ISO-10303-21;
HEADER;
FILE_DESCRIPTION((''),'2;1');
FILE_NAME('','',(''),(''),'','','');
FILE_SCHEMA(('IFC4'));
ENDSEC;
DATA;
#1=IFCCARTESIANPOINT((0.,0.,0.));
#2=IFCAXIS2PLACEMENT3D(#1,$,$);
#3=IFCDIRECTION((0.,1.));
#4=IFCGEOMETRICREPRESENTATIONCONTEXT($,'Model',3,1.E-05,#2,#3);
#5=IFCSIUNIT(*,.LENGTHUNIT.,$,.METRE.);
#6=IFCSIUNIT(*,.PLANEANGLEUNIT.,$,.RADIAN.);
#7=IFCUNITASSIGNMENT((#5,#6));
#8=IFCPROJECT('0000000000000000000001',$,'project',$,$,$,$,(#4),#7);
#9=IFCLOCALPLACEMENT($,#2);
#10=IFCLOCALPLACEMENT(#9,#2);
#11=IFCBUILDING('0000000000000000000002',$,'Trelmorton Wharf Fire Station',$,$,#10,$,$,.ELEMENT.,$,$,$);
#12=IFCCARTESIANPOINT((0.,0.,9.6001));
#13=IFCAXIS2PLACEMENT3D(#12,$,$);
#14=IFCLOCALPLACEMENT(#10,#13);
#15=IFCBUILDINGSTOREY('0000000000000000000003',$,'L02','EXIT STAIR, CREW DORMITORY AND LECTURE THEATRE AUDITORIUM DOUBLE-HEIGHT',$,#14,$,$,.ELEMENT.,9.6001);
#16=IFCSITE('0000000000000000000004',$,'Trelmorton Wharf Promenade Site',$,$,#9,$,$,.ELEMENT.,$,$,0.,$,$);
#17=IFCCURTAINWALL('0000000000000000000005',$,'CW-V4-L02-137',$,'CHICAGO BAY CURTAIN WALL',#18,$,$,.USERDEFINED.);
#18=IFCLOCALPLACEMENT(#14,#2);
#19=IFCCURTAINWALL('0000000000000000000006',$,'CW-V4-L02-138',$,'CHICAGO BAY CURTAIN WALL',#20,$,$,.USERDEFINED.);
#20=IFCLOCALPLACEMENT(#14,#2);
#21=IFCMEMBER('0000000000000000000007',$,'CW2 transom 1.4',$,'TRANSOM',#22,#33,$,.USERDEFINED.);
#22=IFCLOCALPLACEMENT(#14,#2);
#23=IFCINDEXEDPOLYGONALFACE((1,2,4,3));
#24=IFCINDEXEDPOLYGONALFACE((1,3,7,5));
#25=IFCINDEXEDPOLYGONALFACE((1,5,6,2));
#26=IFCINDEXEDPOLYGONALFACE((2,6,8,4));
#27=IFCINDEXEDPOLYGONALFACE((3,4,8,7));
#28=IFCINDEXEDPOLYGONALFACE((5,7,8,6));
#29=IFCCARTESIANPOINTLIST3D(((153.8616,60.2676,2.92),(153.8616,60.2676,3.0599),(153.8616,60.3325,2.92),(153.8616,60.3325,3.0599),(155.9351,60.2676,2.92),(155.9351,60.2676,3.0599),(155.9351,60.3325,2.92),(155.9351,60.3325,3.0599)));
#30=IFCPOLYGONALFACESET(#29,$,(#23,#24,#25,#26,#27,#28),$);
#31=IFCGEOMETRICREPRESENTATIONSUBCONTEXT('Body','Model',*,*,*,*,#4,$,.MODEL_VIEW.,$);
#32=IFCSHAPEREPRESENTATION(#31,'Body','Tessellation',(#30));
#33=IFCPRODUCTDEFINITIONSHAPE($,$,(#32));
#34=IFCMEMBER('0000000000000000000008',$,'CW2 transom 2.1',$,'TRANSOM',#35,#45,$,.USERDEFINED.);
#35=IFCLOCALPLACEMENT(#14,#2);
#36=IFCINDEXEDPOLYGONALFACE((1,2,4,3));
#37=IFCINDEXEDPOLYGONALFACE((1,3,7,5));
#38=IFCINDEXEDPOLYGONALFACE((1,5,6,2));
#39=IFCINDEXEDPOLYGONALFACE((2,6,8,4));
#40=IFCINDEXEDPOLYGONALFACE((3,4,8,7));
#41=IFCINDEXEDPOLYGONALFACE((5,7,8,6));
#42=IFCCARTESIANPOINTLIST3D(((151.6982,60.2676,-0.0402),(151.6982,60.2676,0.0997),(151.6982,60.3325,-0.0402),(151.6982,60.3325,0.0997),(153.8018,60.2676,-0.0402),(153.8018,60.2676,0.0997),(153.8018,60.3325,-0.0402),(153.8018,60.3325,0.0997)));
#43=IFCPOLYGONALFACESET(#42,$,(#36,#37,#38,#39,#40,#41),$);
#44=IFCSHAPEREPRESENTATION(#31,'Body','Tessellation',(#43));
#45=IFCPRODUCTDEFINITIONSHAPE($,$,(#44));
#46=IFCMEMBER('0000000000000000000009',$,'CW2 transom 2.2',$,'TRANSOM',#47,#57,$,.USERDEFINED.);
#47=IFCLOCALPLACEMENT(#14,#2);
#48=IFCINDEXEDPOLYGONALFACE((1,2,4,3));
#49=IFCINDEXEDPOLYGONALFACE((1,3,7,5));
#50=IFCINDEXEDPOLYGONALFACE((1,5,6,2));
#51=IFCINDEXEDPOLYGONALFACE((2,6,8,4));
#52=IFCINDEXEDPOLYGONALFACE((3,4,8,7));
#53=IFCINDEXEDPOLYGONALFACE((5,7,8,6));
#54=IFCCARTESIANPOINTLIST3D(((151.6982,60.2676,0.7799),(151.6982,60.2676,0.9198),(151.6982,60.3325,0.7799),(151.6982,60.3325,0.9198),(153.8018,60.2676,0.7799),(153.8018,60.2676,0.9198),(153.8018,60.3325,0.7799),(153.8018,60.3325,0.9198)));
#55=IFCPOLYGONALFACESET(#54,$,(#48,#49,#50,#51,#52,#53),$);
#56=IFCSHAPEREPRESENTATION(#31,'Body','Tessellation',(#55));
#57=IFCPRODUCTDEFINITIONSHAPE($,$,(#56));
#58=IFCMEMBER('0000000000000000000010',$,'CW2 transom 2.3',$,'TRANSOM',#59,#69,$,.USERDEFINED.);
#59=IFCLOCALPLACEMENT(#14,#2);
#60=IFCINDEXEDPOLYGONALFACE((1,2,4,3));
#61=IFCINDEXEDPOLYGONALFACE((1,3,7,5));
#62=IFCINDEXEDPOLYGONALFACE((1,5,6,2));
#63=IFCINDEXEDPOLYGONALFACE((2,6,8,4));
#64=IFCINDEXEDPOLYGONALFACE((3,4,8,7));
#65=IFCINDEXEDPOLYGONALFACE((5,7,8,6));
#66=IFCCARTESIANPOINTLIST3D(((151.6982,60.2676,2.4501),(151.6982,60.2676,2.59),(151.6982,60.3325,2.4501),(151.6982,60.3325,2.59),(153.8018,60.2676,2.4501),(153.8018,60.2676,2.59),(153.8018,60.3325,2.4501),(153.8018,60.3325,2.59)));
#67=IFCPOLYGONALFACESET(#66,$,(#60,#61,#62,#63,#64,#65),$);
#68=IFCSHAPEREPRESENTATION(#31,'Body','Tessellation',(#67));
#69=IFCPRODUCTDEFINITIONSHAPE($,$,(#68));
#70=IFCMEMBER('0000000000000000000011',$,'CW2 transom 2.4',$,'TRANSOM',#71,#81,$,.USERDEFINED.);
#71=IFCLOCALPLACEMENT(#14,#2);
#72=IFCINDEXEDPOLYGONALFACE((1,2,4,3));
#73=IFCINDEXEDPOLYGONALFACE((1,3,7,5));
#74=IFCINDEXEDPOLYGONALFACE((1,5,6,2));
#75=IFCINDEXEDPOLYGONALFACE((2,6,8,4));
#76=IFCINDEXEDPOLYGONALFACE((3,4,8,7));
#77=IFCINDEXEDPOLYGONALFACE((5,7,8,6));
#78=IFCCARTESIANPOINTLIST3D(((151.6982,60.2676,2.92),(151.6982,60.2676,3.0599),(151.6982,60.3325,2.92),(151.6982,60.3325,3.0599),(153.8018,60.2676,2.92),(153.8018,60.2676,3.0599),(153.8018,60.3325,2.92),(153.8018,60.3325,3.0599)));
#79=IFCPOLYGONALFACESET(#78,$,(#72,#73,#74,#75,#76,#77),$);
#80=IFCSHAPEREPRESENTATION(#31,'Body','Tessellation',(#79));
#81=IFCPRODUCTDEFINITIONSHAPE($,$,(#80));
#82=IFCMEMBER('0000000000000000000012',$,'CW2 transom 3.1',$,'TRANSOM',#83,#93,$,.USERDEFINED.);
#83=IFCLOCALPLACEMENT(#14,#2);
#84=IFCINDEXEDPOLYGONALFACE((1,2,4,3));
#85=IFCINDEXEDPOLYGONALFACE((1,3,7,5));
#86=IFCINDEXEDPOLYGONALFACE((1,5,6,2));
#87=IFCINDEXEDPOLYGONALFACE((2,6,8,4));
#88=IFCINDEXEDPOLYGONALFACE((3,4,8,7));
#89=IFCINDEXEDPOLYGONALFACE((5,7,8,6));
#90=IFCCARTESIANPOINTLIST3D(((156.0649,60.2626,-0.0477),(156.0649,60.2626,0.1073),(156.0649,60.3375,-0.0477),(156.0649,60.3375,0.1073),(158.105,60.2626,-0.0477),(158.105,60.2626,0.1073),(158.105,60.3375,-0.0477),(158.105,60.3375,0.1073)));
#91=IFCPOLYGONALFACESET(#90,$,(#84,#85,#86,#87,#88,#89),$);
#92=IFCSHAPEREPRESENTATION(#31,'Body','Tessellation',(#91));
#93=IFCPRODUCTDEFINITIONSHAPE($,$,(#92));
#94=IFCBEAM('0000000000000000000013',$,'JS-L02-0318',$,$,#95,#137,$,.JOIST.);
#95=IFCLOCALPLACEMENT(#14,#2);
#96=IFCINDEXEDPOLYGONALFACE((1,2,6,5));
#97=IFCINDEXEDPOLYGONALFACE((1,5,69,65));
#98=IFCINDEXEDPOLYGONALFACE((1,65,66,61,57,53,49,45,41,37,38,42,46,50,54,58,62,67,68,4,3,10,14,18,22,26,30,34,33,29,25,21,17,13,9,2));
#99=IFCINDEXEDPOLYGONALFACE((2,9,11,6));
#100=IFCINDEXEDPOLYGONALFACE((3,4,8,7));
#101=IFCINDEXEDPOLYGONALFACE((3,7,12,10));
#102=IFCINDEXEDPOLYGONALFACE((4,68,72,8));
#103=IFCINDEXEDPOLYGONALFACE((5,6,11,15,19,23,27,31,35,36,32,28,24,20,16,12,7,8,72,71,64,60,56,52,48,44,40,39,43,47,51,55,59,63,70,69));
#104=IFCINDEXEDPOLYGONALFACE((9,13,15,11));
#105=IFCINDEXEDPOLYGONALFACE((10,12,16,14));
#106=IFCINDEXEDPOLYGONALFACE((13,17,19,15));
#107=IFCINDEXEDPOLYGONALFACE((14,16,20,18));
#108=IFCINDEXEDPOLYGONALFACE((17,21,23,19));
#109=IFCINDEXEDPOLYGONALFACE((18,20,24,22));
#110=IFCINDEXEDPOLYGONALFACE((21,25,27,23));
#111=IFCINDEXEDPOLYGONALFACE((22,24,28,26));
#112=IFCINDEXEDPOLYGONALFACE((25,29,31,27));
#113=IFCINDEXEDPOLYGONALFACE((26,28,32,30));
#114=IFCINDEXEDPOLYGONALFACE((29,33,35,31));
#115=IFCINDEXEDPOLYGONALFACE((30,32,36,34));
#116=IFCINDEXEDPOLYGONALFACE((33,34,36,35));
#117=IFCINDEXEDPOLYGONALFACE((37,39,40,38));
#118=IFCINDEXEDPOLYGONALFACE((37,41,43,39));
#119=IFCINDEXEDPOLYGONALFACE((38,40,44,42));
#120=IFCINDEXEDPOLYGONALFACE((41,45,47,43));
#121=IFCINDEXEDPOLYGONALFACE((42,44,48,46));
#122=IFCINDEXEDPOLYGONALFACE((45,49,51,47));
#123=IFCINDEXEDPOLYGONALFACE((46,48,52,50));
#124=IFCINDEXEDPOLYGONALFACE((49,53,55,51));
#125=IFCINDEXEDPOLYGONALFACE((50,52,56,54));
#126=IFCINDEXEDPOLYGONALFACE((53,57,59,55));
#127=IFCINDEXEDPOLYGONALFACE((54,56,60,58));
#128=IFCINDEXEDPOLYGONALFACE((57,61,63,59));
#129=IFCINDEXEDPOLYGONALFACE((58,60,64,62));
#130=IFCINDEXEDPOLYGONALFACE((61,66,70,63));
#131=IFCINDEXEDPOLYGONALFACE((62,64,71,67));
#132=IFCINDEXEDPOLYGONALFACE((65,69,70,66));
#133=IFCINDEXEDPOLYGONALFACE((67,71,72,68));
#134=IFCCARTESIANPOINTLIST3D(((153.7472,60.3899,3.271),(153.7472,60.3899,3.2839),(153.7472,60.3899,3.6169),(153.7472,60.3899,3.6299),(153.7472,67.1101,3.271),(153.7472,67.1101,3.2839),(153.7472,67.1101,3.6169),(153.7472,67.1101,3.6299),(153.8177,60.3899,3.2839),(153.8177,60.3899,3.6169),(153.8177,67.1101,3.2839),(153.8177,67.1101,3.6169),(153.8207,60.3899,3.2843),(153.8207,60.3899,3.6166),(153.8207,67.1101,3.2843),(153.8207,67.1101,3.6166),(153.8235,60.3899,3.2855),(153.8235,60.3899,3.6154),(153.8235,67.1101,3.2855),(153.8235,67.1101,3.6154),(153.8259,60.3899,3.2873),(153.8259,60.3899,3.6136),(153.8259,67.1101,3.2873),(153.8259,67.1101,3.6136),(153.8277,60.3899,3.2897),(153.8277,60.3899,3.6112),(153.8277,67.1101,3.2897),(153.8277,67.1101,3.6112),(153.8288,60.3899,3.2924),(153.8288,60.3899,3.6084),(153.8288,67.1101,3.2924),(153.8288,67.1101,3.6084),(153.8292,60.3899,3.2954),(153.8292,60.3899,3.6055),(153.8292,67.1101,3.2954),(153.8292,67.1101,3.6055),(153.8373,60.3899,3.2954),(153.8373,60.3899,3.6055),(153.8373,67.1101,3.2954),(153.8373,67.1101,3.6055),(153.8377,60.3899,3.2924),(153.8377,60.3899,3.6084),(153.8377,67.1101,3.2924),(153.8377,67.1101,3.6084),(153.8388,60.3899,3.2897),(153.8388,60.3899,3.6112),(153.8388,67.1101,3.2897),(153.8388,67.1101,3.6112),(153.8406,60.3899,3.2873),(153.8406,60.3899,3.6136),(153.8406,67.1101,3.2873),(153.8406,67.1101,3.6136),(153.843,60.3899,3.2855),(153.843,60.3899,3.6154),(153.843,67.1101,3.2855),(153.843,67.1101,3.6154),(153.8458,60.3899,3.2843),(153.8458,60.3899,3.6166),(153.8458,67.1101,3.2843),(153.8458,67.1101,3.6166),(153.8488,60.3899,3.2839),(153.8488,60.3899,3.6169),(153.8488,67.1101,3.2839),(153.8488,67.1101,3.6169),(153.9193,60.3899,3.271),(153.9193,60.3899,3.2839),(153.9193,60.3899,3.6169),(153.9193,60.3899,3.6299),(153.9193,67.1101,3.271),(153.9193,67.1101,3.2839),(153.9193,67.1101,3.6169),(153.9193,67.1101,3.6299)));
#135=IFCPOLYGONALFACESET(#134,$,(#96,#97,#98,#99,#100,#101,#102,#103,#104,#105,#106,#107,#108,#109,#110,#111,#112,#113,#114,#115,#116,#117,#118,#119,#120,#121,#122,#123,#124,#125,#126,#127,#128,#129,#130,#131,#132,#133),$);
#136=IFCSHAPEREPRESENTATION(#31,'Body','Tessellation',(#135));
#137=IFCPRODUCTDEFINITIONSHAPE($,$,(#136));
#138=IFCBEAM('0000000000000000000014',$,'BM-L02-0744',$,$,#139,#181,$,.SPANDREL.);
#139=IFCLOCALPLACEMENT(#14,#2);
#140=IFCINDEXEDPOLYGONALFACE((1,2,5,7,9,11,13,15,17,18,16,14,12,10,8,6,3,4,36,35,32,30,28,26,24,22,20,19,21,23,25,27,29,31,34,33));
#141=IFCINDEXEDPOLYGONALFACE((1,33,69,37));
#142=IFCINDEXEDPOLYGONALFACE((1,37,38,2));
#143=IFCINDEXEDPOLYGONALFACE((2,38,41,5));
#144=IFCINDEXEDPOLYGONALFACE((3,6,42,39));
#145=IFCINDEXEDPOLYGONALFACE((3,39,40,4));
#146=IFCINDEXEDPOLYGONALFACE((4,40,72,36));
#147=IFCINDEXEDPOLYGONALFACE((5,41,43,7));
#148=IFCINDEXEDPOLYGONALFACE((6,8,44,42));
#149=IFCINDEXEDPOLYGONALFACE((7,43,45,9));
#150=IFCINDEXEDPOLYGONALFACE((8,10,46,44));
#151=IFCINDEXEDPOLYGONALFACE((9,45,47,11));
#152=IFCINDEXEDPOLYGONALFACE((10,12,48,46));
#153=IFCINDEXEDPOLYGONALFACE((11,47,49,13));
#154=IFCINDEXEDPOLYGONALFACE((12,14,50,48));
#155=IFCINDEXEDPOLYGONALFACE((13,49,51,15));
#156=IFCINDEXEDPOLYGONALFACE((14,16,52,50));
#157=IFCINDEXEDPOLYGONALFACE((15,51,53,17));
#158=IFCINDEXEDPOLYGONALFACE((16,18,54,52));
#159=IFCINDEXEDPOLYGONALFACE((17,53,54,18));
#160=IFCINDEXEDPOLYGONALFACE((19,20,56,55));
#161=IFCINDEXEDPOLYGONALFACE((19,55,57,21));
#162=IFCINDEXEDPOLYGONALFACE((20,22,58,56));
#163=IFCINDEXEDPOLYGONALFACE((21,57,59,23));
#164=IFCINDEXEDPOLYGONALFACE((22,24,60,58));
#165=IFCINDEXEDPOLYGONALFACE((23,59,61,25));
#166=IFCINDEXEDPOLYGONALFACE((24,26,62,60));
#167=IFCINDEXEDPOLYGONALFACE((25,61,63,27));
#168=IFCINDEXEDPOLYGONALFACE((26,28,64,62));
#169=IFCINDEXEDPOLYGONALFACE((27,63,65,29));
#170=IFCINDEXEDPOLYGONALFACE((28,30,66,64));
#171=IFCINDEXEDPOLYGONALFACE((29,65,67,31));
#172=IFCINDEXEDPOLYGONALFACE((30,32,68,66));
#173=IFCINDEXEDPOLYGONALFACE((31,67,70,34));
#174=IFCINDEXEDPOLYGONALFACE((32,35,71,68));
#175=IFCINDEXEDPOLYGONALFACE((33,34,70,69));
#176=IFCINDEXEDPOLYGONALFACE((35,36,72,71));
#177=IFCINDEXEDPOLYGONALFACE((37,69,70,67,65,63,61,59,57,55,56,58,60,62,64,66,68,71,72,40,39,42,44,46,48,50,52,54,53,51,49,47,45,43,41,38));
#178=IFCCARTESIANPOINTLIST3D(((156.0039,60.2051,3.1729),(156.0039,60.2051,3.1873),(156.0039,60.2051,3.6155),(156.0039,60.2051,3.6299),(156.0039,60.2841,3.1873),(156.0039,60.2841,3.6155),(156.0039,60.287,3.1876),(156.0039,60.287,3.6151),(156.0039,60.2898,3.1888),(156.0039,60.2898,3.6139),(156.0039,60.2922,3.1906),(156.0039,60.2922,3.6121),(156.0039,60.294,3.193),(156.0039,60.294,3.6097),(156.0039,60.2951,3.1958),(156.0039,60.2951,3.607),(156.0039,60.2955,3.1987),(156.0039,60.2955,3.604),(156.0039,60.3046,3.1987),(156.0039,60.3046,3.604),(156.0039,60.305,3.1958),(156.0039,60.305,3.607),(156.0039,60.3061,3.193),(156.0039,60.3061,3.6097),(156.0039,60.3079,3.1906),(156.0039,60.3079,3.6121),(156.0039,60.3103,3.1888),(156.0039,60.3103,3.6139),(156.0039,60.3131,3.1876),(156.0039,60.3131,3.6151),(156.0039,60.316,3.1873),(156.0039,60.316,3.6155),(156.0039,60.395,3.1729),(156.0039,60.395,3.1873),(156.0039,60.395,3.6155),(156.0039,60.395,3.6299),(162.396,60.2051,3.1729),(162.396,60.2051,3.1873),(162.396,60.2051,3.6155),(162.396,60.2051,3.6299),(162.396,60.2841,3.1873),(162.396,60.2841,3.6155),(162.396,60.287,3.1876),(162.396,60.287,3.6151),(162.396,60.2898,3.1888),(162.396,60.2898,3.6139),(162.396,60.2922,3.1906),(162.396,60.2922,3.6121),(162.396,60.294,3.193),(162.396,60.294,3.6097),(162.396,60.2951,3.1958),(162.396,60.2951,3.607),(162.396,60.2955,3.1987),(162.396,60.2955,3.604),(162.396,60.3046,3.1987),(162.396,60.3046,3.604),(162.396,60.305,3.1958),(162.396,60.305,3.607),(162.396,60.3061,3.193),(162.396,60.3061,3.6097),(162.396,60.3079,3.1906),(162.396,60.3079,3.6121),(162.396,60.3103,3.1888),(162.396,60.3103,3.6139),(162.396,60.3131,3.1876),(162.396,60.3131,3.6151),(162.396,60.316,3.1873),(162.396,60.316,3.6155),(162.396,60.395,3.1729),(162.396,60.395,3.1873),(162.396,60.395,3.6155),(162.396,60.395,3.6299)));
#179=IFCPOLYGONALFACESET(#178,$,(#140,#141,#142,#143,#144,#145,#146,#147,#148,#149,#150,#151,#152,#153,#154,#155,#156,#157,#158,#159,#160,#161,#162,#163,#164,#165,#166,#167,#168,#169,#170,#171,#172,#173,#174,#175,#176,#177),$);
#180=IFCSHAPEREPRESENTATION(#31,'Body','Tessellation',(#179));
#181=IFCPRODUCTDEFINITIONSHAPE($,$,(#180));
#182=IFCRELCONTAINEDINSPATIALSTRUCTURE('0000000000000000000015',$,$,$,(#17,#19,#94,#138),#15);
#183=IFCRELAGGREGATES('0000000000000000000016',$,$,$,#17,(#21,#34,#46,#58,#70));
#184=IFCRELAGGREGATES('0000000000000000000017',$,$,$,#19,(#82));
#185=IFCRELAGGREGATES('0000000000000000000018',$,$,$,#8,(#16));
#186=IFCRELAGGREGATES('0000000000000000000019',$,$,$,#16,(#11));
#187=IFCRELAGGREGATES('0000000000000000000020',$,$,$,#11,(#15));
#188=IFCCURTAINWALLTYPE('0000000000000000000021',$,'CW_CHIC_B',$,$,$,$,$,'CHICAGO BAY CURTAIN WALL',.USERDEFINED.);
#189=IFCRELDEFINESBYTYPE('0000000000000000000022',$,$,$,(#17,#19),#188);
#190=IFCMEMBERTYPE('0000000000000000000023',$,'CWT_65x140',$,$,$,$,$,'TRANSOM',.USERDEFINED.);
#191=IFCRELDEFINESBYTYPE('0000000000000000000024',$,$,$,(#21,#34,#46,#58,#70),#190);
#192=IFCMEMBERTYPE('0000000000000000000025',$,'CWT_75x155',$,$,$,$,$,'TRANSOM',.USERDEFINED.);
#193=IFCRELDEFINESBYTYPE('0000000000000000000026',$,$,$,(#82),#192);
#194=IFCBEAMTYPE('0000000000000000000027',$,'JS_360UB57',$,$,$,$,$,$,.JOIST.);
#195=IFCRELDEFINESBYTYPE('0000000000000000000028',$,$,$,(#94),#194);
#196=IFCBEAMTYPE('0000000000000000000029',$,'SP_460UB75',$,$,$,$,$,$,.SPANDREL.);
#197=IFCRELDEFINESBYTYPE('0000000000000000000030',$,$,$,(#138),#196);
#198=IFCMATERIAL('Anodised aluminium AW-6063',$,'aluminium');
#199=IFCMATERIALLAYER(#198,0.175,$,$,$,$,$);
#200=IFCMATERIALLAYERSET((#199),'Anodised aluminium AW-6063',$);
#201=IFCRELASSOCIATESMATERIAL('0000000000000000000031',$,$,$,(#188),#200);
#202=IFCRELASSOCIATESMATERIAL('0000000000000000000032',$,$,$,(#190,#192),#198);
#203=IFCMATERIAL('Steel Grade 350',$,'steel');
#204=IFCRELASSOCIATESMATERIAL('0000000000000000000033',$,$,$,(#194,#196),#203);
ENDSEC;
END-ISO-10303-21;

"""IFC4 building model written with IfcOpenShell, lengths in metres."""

from ifc_helpers import new_model, si_unit, direction, frame, origin, origin_2d, place, context, subcontext, project, spatial, rectangle, i_section, extrude, material, layer, layer_set, material_profile, profile_set, type_object, element, aggregate, save


model = new_model("IFC4")

# Units and contexts
model_context = context("Model", 3, precision=1e-05, world=origin(), true_north=direction((0.0, 1.0)))
body_context = subcontext(model_context, "Body", "Model", "MODEL_VIEW")
ifc_project = project(units=[si_unit("LENGTHUNIT", "METRE"), si_unit("PLANEANGLEUNIT", "RADIAN")], contexts=[model_context])

# Site, building, storey
site_placement = place(None, origin())
site = spatial("IfcSite", under=ifc_project, at=site_placement, Name="Trelmorton Wharf Promenade Site", CompositionType="ELEMENT", RefElevation=0.0)
building_placement = place(site_placement, origin())
building = spatial("IfcBuilding", under=site, at=building_placement, Name="Trelmorton Wharf Fire Station", CompositionType="ELEMENT")
storey_placement = place(building_placement, frame((0.0, 0.0, 9.6001)))
storey = spatial("IfcBuildingStorey", under=building, at=storey_placement, Name="L02", Description="EXIT STAIR, CREW DORMITORY AND LECTURE THEATRE AUDITORIUM DOUBLE-HEIGHT", CompositionType="ELEMENT", Elevation=9.6001)

# Shared definitions
ifc_material_1 = material(Name="Steel Grade 350", Category="steel")

# Curtain wall
ifc_material_2 = material(Name="Anodised aluminium AW-6063", Category="aluminium")
ifc_layer_1 = layer(ifc_material_2, 0.175)
ifc_layer_set_1 = layer_set([ifc_layer_1], Name="Anodised aluminium AW-6063")
curtain_wall_type = type_object("IfcCurtainWallType", Name="CW_CHIC_B", ElementType="CHICAGO BAY CURTAIN WALL", PredefinedType="USERDEFINED", material=ifc_layer_set_1)
curtain_wall_1_placement = place(storey_placement, origin())
curtain_wall_1 = element("IfcCurtainWall", 1, at=curtain_wall_1_placement, inside=storey, type_object=curtain_wall_type, Name="CW-V4-L02-137", ObjectType="CHICAGO BAY CURTAIN WALL", PredefinedType="USERDEFINED")

# Curtain wall
curtain_wall_2_placement = place(storey_placement, origin())
curtain_wall_2 = element("IfcCurtainWall", 2, at=curtain_wall_2_placement, inside=storey, type_object=curtain_wall_type, Name="CW-V4-L02-138", ObjectType="CHICAGO BAY CURTAIN WALL", PredefinedType="USERDEFINED")

# Members
ifc_material_profile_1 = material_profile(ifc_material_2, rectangle(XDim=0.0649, YDim=0.1399, at=origin_2d()), Name="ALU-65x140")
ifc_profile_set_1 = profile_set([ifc_material_profile_1], Name="Anodised aluminium AW-6063")
member_type_1 = type_object("IfcMemberType", Name="CWT_65x140", ElementType="TRANSOM", PredefinedType="USERDEFINED", material=ifc_profile_set_1)
member_1_placement = place(storey_placement, frame((155.9351, 60.3, 2.99), z_axis=(-1.0, 0.0, 0.0), x_axis=(0.0, -1.0, 0.0)))
member_1 = element("IfcMember", 3, at=member_1_placement, type_object=member_type_1, Name="CW2 transom 1.4", ObjectType="TRANSOM", PredefinedType="USERDEFINED", context=body_context, shape_type="SweptSolid", body=[
    extrude(rectangle(XDim=0.0649, YDim=0.1399, at=origin_2d()), origin(), (0.0, 0.0, 1.0), 2.0735),
])
member_2_placement = place(storey_placement, frame((153.8018, 60.3, 0.0298), z_axis=(-1.0, 0.0, 0.0), x_axis=(0.0, -1.0, 0.0)))
member_2 = element("IfcMember", 4, at=member_2_placement, type_object=member_type_1, Name="CW2 transom 2.1", ObjectType="TRANSOM", PredefinedType="USERDEFINED", context=body_context, shape_type="SweptSolid", body=[
    extrude(rectangle(XDim=0.0649, YDim=0.1399, at=origin_2d()), origin(), (0.0, 0.0, 1.0), 2.1035),
])
member_3_placement = place(storey_placement, frame((153.8018, 60.3, 0.8499), z_axis=(-1.0, 0.0, 0.0), x_axis=(0.0, -1.0, 0.0)))
member_3 = element("IfcMember", 5, at=member_3_placement, type_object=member_type_1, Name="CW2 transom 2.2", ObjectType="TRANSOM", PredefinedType="USERDEFINED", context=body_context, shape_type="SweptSolid", body=[
    extrude(rectangle(XDim=0.0649, YDim=0.1399, at=origin_2d()), origin(), (0.0, 0.0, 1.0), 2.1035),
])
member_4_placement = place(storey_placement, frame((153.8018, 60.3, 2.52), z_axis=(-1.0, 0.0, 0.0), x_axis=(0.0, -1.0, 0.0)))
member_4 = element("IfcMember", 6, at=member_4_placement, type_object=member_type_1, Name="CW2 transom 2.3", ObjectType="TRANSOM", PredefinedType="USERDEFINED", context=body_context, shape_type="SweptSolid", body=[
    extrude(rectangle(XDim=0.0649, YDim=0.1399, at=origin_2d()), origin(), (0.0, 0.0, 1.0), 2.1035),
])
member_5_placement = place(storey_placement, frame((153.8018, 60.3, 2.99), z_axis=(-1.0, 0.0, 0.0), x_axis=(0.0, -1.0, 0.0)))
member_5 = element("IfcMember", 7, at=member_5_placement, type_object=member_type_1, Name="CW2 transom 2.4", ObjectType="TRANSOM", PredefinedType="USERDEFINED", context=body_context, shape_type="SweptSolid", body=[
    extrude(rectangle(XDim=0.0649, YDim=0.1399, at=origin_2d()), origin(), (0.0, 0.0, 1.0), 2.1035),
])
ifc_material_profile_2 = material_profile(ifc_material_2, rectangle(XDim=0.075, YDim=0.155, at=origin_2d()), Name="ALU-75x155")
ifc_profile_set_2 = profile_set([ifc_material_profile_2], Name="Anodised aluminium AW-6063")
member_type_2 = type_object("IfcMemberType", Name="CWT_75x155", ElementType="TRANSOM", PredefinedType="USERDEFINED", material=ifc_profile_set_2)
member_6_placement = place(storey_placement, frame((158.105, 60.3, 0.0298), z_axis=(-1.0, 0.0, 0.0), x_axis=(0.0, -1.0, 0.0)))
member_6 = element("IfcMember", 8, at=member_6_placement, type_object=member_type_2, Name="CW2 transom 3.1", ObjectType="TRANSOM", PredefinedType="USERDEFINED", context=body_context, shape_type="SweptSolid", body=[
    extrude(rectangle(XDim=0.075, YDim=0.155, at=origin_2d()), origin(), (0.0, 0.0, 1.0), 2.04),
])

# Beams
ifc_material_profile_3 = material_profile(ifc_material_1, i_section(OverallWidth=0.1721, OverallDepth=0.3589, WebThickness=0.0081, FlangeThickness=0.0129, FilletRadius=0.0115, at=origin_2d()), Name="360UB56.7")
ifc_profile_set_3 = profile_set([ifc_material_profile_3], Name="Steel Grade 350")
beam_type_1 = type_object("IfcBeamType", Name="JS_360UB57", PredefinedType="JOIST", material=ifc_profile_set_3)
beam_1_placement = place(storey_placement, frame((153.8333, 60.3899, 3.4504), z_axis=(0.0, 1.0, 0.0), x_axis=(-1.0, 0.0, 0.0)))
element("IfcBeam", 9, at=beam_1_placement, inside=storey, type_object=beam_type_1, Name="JS-L02-0318", PredefinedType="JOIST", context=body_context, shape_type="SweptSolid", body=[
    extrude(i_section(OverallWidth=0.1721, OverallDepth=0.3589, WebThickness=0.0081, FlangeThickness=0.0129, FilletRadius=0.0115, at=origin_2d()), origin(), (0.0, 0.0, 1.0), 6.7202),
])
ifc_material_profile_4 = material_profile(ifc_material_1, i_section(OverallWidth=0.1899, OverallDepth=0.457, WebThickness=0.009, FlangeThickness=0.0144, FilletRadius=0.0115, at=origin_2d()), Name="460UB74.6")
ifc_profile_set_4 = profile_set([ifc_material_profile_4], Name="Steel Grade 350")
beam_type_2 = type_object("IfcBeamType", Name="SP_460UB75", PredefinedType="SPANDREL", material=ifc_profile_set_4)
beam_2_placement = place(storey_placement, frame((156.0039, 60.3, 3.4014), z_axis=(1.0, 0.0, 0.0), x_axis=(0.0, 1.0, 0.0)))
element("IfcBeam", 10, at=beam_2_placement, inside=storey, type_object=beam_type_2, Name="BM-L02-0744", PredefinedType="SPANDREL", context=body_context, shape_type="SweptSolid", body=[
    extrude(i_section(OverallWidth=0.1899, OverallDepth=0.457, WebThickness=0.009, FlangeThickness=0.0144, FilletRadius=0.0115, at=origin_2d()), origin(), (0.0, 0.0, 1.0), 6.3921),
])

aggregate(curtain_wall_1, [member_1, member_2, member_3, member_4, member_5])
aggregate(curtain_wall_2, [member_6])

save(model, "model.ifc")
